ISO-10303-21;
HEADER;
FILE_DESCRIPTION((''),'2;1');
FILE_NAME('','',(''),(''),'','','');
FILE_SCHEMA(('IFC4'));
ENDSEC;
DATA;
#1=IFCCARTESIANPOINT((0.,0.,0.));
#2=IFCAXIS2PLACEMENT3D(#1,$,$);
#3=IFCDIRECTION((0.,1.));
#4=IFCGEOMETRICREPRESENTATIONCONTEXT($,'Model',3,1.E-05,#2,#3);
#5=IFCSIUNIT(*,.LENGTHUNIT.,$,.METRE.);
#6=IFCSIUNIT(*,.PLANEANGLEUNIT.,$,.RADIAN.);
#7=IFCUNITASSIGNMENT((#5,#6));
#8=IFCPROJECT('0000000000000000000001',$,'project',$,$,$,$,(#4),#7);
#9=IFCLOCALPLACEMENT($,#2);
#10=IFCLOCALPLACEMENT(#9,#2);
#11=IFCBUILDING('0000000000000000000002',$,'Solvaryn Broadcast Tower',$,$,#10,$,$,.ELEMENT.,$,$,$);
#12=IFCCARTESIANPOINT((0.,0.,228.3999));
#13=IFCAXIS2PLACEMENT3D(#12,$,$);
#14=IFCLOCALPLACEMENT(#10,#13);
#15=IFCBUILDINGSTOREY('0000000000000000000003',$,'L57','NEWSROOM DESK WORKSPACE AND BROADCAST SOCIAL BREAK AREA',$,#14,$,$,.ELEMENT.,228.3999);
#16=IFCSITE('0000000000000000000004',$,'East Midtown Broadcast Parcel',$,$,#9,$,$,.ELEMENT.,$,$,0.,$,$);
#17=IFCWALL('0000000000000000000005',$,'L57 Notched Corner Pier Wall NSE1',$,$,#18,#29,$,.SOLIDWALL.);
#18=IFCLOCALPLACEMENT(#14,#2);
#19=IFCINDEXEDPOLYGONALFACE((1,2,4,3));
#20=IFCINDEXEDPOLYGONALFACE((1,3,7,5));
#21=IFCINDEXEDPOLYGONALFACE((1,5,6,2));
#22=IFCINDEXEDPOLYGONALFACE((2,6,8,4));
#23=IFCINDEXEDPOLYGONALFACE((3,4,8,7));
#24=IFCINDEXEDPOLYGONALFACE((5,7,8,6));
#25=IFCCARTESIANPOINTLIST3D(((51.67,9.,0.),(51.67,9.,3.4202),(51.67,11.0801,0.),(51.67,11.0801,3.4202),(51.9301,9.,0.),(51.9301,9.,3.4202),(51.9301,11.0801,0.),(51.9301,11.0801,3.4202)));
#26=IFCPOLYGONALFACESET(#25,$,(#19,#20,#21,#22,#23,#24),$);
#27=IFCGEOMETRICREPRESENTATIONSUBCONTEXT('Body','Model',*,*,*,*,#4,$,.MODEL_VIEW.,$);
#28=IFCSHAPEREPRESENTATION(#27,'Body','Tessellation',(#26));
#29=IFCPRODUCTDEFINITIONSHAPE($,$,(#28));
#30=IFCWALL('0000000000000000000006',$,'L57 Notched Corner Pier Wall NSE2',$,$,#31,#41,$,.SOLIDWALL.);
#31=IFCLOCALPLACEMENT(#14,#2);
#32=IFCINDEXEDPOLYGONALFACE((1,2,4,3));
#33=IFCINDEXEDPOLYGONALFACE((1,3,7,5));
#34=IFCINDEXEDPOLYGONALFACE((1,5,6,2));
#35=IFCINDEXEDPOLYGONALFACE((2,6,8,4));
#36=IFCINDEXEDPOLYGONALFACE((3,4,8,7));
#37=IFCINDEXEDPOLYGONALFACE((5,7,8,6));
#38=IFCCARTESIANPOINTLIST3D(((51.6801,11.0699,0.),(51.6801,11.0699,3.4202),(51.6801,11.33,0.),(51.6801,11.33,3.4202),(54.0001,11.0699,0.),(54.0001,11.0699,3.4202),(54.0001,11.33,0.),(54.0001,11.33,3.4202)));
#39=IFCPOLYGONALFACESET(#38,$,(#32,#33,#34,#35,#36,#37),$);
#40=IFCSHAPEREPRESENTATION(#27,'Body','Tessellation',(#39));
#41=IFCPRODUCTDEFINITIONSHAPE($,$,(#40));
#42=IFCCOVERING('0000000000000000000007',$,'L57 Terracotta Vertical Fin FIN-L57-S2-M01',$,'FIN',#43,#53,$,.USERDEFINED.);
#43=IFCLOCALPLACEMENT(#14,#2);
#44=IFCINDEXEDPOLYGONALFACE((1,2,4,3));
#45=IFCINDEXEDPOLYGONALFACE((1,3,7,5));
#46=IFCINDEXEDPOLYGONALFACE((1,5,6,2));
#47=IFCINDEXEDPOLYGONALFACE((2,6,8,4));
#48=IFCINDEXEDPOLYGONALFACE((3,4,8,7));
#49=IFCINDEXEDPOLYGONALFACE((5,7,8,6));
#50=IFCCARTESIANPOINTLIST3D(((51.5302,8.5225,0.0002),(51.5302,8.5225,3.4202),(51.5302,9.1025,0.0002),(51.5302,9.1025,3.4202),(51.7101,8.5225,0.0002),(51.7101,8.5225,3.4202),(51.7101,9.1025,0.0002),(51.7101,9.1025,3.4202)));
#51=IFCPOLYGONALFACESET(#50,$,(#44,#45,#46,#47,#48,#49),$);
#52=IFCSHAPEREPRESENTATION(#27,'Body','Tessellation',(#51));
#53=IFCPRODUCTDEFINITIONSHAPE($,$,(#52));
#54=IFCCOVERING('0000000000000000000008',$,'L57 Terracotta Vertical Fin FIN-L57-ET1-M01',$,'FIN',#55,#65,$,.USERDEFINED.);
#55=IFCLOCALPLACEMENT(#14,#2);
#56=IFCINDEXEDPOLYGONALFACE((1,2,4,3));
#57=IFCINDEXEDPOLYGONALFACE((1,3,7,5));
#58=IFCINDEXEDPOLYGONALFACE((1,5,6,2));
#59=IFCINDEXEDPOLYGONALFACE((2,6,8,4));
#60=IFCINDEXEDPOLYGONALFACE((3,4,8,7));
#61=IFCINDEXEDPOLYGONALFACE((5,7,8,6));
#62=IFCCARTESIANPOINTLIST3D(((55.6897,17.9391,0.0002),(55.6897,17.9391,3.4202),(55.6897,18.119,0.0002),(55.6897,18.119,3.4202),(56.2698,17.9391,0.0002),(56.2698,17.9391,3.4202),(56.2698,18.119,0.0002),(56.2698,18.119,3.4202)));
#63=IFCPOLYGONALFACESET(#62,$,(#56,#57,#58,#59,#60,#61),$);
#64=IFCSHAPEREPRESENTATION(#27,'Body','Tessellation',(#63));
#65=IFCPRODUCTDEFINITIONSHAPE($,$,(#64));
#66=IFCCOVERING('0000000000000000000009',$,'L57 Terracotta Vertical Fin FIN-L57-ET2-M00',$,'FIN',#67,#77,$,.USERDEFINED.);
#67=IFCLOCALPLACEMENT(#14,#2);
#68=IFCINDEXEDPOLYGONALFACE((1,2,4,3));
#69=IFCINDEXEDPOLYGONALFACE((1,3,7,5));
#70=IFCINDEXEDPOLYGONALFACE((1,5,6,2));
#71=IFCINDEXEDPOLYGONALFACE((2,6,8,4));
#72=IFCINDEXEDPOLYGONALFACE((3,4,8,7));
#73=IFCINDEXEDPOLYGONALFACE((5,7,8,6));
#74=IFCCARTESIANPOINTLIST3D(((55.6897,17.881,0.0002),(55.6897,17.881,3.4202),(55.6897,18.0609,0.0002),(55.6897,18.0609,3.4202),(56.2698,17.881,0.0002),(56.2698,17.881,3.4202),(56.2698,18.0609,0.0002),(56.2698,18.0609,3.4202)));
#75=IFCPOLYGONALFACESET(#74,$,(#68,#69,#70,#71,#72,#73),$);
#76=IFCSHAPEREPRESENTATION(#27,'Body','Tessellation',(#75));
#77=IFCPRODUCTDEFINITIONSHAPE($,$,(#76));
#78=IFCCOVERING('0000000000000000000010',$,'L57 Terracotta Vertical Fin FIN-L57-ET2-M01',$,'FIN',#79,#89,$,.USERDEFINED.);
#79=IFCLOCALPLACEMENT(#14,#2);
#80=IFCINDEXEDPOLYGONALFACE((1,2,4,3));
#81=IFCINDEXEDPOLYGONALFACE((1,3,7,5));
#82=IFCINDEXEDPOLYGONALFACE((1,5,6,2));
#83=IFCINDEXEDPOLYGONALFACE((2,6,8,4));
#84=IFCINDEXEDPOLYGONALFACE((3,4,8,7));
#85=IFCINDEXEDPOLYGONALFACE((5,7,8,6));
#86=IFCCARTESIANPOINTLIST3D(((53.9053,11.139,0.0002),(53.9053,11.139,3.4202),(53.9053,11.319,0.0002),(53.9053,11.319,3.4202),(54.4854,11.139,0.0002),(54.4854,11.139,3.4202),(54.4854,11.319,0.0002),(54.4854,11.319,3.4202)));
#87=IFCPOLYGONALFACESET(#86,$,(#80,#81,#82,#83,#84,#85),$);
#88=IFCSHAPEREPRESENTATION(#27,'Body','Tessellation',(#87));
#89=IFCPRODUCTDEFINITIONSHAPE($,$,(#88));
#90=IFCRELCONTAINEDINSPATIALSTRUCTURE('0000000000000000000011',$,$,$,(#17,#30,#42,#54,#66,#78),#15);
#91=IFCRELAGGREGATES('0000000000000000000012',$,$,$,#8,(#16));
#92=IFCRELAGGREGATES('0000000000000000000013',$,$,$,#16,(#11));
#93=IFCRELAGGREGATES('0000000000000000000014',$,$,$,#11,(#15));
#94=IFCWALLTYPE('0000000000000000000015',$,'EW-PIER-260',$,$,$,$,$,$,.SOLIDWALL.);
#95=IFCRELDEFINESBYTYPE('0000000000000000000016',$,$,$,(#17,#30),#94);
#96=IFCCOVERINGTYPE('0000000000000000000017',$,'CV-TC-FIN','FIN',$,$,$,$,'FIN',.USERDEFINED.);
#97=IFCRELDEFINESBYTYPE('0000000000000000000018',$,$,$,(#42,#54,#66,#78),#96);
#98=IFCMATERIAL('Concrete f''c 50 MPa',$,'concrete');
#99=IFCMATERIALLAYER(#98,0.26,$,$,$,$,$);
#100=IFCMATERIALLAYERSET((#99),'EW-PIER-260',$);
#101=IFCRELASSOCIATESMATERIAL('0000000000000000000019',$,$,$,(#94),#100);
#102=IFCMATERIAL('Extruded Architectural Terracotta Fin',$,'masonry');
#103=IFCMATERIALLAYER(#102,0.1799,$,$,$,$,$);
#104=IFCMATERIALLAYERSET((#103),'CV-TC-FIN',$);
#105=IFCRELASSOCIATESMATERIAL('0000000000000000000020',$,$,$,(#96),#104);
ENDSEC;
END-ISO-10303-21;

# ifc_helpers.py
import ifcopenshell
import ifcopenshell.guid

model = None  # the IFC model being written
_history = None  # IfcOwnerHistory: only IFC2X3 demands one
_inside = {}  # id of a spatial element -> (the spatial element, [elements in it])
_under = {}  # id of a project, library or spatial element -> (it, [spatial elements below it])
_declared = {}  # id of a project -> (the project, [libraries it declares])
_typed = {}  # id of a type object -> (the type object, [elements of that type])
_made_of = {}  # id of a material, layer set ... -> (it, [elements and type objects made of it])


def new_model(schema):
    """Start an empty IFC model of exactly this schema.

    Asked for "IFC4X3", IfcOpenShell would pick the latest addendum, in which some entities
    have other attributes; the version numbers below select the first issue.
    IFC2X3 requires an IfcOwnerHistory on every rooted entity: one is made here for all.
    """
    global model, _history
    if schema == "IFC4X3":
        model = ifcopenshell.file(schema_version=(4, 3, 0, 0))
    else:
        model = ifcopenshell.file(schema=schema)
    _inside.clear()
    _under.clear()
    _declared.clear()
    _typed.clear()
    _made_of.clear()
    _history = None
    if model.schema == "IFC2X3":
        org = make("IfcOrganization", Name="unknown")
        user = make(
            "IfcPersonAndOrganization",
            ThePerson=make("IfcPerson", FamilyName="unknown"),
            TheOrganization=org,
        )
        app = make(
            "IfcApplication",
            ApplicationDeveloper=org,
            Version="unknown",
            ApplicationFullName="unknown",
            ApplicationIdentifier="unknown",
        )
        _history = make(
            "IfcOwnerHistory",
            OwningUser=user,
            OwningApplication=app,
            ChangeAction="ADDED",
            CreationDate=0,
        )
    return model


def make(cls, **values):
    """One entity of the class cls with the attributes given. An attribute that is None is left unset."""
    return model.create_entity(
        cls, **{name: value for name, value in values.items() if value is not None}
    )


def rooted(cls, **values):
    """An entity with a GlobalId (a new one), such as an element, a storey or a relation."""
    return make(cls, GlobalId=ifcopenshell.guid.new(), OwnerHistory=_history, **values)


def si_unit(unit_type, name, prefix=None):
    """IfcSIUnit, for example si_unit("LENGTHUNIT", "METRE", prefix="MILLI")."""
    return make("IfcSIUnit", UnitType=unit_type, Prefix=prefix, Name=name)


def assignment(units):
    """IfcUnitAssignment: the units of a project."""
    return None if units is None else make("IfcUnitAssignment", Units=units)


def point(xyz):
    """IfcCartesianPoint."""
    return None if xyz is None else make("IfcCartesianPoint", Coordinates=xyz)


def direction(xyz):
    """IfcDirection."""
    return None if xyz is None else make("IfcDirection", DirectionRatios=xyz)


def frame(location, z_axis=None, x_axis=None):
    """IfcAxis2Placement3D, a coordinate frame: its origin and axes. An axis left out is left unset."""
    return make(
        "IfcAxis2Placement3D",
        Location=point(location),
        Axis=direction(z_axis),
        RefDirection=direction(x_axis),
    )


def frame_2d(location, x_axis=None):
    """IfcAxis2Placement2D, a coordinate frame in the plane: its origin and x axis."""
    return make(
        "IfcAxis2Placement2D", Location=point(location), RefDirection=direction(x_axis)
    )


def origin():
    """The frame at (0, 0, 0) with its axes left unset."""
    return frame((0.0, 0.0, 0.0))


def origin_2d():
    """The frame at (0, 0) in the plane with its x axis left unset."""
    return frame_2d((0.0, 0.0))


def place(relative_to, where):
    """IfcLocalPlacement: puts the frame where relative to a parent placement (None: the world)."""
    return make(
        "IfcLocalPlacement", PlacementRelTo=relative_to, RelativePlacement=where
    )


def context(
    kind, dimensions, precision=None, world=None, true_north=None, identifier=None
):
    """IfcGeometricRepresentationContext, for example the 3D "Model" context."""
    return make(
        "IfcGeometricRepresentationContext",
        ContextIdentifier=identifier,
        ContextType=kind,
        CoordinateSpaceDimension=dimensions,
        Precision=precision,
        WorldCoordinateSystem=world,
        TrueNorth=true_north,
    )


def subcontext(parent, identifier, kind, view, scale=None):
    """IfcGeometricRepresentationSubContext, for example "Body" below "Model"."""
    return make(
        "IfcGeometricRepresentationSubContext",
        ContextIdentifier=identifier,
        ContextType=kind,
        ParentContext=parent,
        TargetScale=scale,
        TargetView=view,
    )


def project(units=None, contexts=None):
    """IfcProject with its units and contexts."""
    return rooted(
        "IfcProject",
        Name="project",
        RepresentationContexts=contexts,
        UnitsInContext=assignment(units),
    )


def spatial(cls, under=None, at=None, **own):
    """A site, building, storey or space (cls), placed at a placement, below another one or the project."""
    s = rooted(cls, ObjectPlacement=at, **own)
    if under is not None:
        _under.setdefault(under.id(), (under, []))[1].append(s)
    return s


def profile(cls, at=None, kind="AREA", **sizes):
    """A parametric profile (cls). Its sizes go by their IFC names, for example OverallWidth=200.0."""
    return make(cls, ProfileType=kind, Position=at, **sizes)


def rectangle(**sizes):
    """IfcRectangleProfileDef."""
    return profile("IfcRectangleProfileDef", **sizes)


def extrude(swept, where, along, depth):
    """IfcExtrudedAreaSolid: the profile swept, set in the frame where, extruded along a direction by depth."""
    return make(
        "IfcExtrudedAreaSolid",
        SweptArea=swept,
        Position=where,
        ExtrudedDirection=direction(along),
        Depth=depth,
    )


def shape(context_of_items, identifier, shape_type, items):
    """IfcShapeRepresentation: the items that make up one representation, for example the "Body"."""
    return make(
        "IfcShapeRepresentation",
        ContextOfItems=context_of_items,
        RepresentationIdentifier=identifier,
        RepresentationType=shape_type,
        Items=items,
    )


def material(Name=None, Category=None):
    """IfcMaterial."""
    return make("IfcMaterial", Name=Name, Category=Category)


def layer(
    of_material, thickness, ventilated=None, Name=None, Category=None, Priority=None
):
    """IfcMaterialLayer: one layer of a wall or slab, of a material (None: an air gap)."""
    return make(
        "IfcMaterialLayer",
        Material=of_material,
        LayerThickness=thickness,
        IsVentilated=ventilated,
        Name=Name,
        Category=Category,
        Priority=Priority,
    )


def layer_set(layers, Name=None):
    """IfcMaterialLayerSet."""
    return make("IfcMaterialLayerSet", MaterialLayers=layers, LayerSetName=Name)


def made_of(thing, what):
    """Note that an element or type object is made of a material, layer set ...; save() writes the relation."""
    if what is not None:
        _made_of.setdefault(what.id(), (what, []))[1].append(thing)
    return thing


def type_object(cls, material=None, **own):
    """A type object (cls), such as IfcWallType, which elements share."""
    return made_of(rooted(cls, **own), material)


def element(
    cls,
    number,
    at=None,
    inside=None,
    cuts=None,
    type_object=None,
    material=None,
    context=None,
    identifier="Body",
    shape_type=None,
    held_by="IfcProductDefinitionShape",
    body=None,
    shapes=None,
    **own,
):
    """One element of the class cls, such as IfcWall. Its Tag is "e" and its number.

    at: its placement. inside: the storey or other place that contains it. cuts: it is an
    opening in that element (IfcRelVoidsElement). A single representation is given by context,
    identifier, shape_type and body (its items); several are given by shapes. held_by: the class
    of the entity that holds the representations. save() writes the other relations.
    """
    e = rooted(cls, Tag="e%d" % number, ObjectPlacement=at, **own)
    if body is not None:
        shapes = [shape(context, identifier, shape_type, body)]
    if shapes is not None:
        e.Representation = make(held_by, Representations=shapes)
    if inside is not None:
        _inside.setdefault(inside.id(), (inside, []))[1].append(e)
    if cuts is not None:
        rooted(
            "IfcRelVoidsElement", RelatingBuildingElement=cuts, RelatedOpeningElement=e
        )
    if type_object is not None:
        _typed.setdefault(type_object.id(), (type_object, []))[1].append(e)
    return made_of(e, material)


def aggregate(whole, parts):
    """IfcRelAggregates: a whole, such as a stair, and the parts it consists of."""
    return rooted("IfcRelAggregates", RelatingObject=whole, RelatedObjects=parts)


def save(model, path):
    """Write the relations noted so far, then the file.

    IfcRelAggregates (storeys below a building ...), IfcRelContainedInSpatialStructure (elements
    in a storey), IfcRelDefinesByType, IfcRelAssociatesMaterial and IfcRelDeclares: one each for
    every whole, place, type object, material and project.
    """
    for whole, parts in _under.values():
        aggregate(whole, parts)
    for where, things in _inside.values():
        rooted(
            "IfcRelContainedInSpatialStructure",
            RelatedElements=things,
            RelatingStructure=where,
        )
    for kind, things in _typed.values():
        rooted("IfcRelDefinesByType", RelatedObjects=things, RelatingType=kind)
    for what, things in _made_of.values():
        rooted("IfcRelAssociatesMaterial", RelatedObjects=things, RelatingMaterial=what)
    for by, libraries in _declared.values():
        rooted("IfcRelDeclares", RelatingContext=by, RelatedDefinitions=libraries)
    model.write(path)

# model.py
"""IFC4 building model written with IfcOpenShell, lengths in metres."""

from ifc_helpers import new_model, si_unit, direction, frame, frame_2d, origin, origin_2d, place, context, subcontext, project, spatial, rectangle, extrude, material, layer, layer_set, type_object, element, save


model = new_model("IFC4")

# Units and contexts
model_context = context("Model", 3, precision=1e-05, world=origin(), true_north=direction((0.0, 1.0)))
body_context = subcontext(model_context, "Body", "Model", "MODEL_VIEW")
ifc_project = project(units=[si_unit("LENGTHUNIT", "METRE"), si_unit("PLANEANGLEUNIT", "RADIAN")], contexts=[model_context])

# Site, building, storey
site_placement = place(None, origin())
site = spatial("IfcSite", under=ifc_project, at=site_placement, Name="East Midtown Broadcast Parcel", CompositionType="ELEMENT", RefElevation=0.0)
building_placement = place(site_placement, origin())
building = spatial("IfcBuilding", under=site, at=building_placement, Name="Solvaryn Broadcast Tower", CompositionType="ELEMENT")
storey_placement = place(building_placement, frame((0.0, 0.0, 228.3999)))
storey = spatial("IfcBuildingStorey", under=building, at=storey_placement, Name="L57", Description="NEWSROOM DESK WORKSPACE AND BROADCAST SOCIAL BREAK AREA", CompositionType="ELEMENT", Elevation=228.3999)

# Walls
ifc_material_1 = material(Name="Concrete f'c 50 MPa", Category="concrete")
ifc_layer_1 = layer(ifc_material_1, 0.26)
ifc_layer_set_1 = layer_set([ifc_layer_1], Name="EW-PIER-260")
wall_type = type_object("IfcWallType", Name="EW-PIER-260", PredefinedType="SOLIDWALL", material=ifc_layer_set_1)
wall_1_placement = place(storey_placement, frame((51.8, 9.0, 0.0), z_axis=(0.0, 0.0, 1.0), x_axis=(0.0, 1.0, 0.0)))
element("IfcWall", 1, at=wall_1_placement, inside=storey, type_object=wall_type, Name="L57 Notched Corner Pier Wall NSE1", PredefinedType="SOLIDWALL", context=body_context, shape_type="SweptSolid", body=[
    extrude(rectangle(XDim=2.0801, YDim=0.26, at=frame_2d((1.04, 0.0))), origin(), (0.0, 0.0, 1.0), 3.4202),
])
wall_2_placement = place(storey_placement, frame((51.6799, 11.2, 0.0), z_axis=(0.0, 0.0, 1.0), x_axis=(1.0, 0.0, 0.0)))
element("IfcWall", 2, at=wall_2_placement, inside=storey, type_object=wall_type, Name="L57 Notched Corner Pier Wall NSE2", PredefinedType="SOLIDWALL", context=body_context, shape_type="SweptSolid", body=[
    extrude(rectangle(XDim=2.3201, YDim=0.26, at=frame_2d((1.1602, 0.0))), origin(), (0.0, 0.0, 1.0), 3.4202),
])

# Coverings
ifc_material_2 = material(Name="Extruded Architectural Terracotta Fin", Category="masonry")
ifc_layer_2 = layer(ifc_material_2, 0.1799)
ifc_layer_set_2 = layer_set([ifc_layer_2], Name="CV-TC-FIN")
covering_type = type_object("IfcCoveringType", Name="CV-TC-FIN", Description="FIN", ElementType="FIN", PredefinedType="USERDEFINED", material=ifc_layer_set_2)
covering_placement = place(storey_placement, frame((51.6201, 8.8125, 0.0002), z_axis=(0.0, 0.0, 1.0), x_axis=(1.0, 0.0, 0.0)))
element("IfcCovering", 3, at=covering_placement, inside=storey, type_object=covering_type, Name="L57 Terracotta Vertical Fin FIN-L57-S2-M01", ObjectType="FIN", PredefinedType="USERDEFINED", context=body_context, shape_type="SweptSolid", body=[
    extrude(rectangle(XDim=0.1799, YDim=0.5801, at=origin_2d()), origin(), (0.0, 0.0, 1.0), 3.4199),
])
for number, where, z_axis, x_axis, name in (
    (4, (55.9797, 18.0291, 0.0002), (0.0, 0.0, 1.0), (1.0, 0.0, 0.0), "L57 Terracotta Vertical Fin FIN-L57-ET1-M01"),
    (5, (55.9797, 17.9709, 0.0002), (0.0, 0.0, 1.0), (1.0, 0.0, 0.0), "L57 Terracotta Vertical Fin FIN-L57-ET2-M00"),
    (6, (54.1953, 11.229, 0.0002), (0.0, 0.0, 1.0), (1.0, 0.0, 0.0), "L57 Terracotta Vertical Fin FIN-L57-ET2-M01"),
):
    element("IfcCovering", number, at=place(storey_placement, frame(where, z_axis=z_axis, x_axis=x_axis)), inside=storey, type_object=covering_type, Name=name, ObjectType="FIN", PredefinedType="USERDEFINED", context=body_context, shape_type="SweptSolid", body=[
        extrude(rectangle(XDim=0.5801, YDim=0.1799, at=origin_2d()), origin(), (0.0, 0.0, 1.0), 3.4199),
    ])

save(model, "model.ifc")
